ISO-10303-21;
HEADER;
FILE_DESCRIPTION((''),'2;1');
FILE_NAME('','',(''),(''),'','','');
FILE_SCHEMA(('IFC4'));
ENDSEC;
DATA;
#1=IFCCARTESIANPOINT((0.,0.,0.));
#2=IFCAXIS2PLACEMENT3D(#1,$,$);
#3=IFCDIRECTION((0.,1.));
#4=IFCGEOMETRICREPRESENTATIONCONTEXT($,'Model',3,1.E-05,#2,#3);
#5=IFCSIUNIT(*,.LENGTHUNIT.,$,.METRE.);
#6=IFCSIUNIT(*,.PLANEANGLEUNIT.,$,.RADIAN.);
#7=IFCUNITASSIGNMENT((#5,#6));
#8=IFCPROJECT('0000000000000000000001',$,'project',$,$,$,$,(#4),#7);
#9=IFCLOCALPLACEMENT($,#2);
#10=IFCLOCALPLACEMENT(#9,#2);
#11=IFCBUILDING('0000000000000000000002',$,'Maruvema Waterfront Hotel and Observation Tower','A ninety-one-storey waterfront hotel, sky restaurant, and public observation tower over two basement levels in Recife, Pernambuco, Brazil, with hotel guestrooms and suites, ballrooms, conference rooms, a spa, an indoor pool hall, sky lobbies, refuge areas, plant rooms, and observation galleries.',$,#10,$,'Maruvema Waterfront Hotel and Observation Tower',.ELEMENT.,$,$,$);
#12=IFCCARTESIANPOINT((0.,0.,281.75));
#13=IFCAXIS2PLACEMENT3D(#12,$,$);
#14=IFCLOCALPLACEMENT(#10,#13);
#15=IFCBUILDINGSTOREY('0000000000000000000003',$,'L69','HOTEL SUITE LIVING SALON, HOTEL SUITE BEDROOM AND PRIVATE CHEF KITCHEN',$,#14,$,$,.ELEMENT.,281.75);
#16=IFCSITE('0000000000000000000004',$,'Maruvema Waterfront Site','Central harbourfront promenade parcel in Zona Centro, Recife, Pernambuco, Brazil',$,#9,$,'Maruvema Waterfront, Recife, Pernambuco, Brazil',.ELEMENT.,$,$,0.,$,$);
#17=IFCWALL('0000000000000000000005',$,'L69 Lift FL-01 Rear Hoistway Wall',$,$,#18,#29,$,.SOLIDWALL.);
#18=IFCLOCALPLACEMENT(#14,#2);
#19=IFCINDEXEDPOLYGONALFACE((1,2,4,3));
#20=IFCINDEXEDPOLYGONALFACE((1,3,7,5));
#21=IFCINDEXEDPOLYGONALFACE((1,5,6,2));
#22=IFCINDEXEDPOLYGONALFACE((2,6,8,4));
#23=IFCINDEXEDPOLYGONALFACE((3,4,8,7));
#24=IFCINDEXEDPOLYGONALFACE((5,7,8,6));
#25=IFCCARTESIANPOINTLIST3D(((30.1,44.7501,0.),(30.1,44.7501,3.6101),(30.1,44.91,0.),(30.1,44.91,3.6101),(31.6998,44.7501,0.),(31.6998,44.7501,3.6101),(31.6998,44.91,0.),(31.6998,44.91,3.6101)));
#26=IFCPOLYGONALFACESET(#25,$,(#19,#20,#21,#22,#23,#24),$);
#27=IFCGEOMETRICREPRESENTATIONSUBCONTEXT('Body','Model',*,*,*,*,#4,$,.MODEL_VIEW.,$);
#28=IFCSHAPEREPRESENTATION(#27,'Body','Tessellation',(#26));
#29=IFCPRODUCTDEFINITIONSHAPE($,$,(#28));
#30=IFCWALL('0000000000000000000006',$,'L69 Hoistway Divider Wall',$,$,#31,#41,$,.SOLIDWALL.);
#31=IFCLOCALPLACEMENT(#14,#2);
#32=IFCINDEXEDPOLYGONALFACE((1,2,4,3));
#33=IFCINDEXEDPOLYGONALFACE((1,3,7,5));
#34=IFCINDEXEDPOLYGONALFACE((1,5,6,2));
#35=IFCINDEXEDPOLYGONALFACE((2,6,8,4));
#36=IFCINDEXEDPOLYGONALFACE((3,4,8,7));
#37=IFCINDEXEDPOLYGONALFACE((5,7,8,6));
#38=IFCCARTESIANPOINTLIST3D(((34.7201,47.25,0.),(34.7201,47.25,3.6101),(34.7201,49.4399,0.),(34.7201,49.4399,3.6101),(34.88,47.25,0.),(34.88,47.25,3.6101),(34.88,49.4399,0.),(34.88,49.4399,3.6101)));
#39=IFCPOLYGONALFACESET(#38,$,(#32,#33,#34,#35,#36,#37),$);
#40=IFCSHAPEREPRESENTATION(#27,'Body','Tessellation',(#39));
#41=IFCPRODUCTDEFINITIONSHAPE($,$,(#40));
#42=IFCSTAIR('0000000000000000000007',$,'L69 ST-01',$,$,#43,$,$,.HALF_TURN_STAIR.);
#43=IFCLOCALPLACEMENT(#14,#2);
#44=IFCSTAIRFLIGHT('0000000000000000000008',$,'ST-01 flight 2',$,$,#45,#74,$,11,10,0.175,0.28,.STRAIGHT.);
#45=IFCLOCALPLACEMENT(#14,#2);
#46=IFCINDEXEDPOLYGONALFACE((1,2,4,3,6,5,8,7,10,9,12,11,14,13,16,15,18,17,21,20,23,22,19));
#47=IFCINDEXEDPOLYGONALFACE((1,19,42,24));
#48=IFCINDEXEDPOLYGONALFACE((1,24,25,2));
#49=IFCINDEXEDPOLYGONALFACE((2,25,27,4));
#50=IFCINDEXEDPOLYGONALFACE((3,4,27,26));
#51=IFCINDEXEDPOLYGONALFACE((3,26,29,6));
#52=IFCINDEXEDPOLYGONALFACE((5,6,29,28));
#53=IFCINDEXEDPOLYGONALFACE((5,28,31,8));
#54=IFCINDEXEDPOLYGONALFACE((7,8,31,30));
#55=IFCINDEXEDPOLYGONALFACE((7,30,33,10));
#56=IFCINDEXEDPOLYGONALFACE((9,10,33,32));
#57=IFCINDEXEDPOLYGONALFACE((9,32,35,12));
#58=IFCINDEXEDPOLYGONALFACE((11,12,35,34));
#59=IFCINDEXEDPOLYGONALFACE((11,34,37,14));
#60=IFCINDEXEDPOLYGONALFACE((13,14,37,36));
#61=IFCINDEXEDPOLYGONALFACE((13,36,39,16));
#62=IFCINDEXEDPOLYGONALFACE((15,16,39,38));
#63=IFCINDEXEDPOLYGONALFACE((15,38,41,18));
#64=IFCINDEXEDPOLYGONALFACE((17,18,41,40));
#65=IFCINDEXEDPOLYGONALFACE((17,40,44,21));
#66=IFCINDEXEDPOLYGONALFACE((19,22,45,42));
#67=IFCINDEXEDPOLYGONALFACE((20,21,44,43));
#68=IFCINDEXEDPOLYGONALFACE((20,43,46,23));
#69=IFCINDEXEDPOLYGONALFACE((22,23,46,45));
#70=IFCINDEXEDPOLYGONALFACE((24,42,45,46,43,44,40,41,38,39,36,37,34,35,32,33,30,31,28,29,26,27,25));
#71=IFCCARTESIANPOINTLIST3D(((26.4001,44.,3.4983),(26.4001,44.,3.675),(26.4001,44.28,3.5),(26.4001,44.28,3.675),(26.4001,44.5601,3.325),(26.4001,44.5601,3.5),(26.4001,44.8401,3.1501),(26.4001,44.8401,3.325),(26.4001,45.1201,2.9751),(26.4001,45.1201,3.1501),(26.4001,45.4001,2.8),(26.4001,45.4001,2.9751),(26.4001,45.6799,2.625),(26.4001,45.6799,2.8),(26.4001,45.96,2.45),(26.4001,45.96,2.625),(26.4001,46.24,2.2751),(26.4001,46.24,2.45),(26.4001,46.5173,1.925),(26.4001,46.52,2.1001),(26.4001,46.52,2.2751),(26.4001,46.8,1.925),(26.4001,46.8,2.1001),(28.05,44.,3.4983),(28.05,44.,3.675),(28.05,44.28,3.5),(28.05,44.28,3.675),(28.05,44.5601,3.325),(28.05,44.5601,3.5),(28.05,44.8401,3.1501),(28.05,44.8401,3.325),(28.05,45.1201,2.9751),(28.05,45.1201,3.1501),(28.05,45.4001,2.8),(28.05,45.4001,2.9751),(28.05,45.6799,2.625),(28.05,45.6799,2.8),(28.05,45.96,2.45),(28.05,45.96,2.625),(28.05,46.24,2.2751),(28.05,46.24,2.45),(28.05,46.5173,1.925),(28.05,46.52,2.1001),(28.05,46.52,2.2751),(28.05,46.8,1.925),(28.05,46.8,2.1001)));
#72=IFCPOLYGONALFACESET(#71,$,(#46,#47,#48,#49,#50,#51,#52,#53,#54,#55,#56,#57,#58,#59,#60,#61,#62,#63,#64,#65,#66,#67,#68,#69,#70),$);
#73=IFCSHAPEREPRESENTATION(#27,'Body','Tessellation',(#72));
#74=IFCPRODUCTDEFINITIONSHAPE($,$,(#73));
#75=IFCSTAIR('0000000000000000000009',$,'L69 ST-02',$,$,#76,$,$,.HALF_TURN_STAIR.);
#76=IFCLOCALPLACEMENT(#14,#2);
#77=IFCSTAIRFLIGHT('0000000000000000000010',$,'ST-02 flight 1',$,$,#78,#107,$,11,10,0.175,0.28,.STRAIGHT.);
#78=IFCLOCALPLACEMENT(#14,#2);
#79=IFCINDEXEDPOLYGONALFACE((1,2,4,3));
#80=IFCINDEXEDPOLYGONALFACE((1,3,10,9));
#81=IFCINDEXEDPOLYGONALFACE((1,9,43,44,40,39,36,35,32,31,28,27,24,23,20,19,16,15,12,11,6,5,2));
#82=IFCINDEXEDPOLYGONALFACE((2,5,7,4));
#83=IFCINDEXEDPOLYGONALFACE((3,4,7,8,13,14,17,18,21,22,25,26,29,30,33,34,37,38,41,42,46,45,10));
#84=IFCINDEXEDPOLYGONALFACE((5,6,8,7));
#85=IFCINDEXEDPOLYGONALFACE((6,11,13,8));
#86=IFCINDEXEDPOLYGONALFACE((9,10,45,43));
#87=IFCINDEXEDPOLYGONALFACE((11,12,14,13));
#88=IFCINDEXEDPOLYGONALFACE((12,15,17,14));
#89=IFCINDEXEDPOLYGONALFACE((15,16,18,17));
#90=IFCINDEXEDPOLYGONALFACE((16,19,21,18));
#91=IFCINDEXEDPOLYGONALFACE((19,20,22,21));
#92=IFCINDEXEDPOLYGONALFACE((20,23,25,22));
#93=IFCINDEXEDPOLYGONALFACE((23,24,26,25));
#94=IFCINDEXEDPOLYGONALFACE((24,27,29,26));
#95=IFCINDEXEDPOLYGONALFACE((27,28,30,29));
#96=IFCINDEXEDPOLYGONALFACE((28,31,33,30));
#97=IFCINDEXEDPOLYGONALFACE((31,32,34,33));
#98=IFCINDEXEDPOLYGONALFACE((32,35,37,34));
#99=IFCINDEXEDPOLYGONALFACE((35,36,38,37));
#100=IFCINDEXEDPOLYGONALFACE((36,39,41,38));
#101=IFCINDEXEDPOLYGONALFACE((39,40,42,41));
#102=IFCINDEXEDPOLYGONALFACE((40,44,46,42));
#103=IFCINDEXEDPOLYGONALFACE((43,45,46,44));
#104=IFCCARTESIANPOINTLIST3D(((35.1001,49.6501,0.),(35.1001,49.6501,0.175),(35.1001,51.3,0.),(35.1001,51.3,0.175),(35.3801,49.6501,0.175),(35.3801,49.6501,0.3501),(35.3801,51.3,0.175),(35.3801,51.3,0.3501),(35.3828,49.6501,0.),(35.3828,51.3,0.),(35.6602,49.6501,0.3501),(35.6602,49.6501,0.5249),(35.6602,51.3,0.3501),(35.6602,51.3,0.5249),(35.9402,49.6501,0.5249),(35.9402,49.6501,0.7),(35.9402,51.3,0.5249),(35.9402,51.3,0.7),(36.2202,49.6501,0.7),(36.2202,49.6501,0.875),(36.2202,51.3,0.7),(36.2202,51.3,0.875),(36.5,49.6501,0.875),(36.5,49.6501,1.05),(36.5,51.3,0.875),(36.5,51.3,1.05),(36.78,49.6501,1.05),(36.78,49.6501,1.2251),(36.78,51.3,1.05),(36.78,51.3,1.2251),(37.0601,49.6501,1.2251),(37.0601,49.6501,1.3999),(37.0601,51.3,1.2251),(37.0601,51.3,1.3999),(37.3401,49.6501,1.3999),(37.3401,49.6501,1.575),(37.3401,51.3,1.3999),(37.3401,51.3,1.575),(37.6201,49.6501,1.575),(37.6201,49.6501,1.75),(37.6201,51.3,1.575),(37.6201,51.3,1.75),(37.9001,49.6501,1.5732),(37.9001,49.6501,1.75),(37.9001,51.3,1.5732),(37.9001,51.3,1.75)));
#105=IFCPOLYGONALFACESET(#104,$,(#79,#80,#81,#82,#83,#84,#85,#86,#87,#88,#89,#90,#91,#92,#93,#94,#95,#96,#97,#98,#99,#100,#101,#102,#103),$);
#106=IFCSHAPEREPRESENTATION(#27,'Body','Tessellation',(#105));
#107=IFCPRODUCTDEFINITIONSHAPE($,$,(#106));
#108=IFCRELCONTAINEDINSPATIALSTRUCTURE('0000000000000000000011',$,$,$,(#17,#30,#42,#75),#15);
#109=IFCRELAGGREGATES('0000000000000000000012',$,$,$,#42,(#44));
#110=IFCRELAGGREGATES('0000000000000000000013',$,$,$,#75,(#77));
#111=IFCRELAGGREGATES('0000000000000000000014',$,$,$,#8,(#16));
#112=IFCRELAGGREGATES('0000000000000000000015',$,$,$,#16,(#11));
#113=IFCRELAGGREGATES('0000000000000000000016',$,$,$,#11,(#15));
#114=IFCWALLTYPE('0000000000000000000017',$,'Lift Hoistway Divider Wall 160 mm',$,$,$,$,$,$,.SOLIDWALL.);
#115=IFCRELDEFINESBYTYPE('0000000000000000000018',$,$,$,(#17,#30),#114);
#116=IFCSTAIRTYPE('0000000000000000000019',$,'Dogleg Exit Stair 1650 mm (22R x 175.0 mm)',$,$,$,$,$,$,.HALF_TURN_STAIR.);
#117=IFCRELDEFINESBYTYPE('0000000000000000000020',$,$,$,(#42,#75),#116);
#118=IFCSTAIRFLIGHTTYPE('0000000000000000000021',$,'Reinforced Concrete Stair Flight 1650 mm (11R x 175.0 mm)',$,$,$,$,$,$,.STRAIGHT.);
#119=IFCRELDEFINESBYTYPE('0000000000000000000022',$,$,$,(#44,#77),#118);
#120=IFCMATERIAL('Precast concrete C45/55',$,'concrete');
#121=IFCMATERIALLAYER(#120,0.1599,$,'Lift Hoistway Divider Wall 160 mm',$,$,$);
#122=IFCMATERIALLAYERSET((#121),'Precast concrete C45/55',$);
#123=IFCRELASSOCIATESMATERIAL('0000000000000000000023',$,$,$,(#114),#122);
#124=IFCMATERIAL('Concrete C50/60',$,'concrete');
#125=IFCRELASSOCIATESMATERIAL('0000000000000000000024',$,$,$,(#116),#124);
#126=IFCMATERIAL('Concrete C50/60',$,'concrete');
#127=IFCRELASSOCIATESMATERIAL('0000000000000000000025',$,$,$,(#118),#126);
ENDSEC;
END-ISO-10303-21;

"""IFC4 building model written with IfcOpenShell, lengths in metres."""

from ifc_helpers import new_model, si_unit, direction, frame, frame_2d, origin, place, context, subcontext, project, spatial, polyline, rectangle, outline, extrude, material, layer, layer_set, type_object, element, aggregate, save


model = new_model("IFC4")

# Units and contexts
model_context = context("Model", 3, precision=1e-05, world=origin(), true_north=direction((0.0, 1.0)))
body_context = subcontext(model_context, "Body", "Model", "MODEL_VIEW")
ifc_project = project(units=[si_unit("LENGTHUNIT", "METRE"), si_unit("PLANEANGLEUNIT", "RADIAN")], contexts=[model_context])

# Site, building, storey
site_placement = place(None, origin())
site = spatial("IfcSite", under=ifc_project, at=site_placement, Name="Maruvema Waterfront Site", Description="Central harbourfront promenade parcel in Zona Centro, Recife, Pernambuco, Brazil", LongName="Maruvema Waterfront, Recife, Pernambuco, Brazil", CompositionType="ELEMENT", RefElevation=0.0)
building_placement = place(site_placement, origin())
building = spatial("IfcBuilding", under=site, at=building_placement, Name="Maruvema Waterfront Hotel and Observation Tower", Description="A ninety-one-storey waterfront hotel, sky restaurant, and public observation tower over two basement levels in Recife, Pernambuco, Brazil, with hotel guestrooms and suites, ballrooms, conference rooms, a spa, an indoor pool hall, sky lobbies, refuge areas, plant rooms, and observation galleries.", LongName="Maruvema Waterfront Hotel and Observation Tower", CompositionType="ELEMENT")
storey_placement = place(building_placement, frame((0.0, 0.0, 281.75)))
storey = spatial("IfcBuildingStorey", under=building, at=storey_placement, Name="L69", Description="HOTEL SUITE LIVING SALON, HOTEL SUITE BEDROOM AND PRIVATE CHEF KITCHEN", CompositionType="ELEMENT", Elevation=281.75)

# Walls
ifc_material_1 = material(Name="Precast concrete C45/55", Category="concrete")
ifc_layer_1 = layer(ifc_material_1, 0.1599, Name="Lift Hoistway Divider Wall 160 mm")
ifc_layer_set_1 = layer_set([ifc_layer_1], Name="Precast concrete C45/55")
wall_type_1 = type_object("IfcWallType", Name="Lift Hoistway Divider Wall 160 mm", PredefinedType="SOLIDWALL", material=ifc_layer_set_1)
wall_1_placement = place(storey_placement, frame((30.1001, 44.8301, 0.0), z_axis=(0.0, 0.0, 1.0), x_axis=(1.0, 0.0, 0.0)))
element("IfcWall", 1, at=wall_1_placement, inside=storey, type_object=wall_type_1, Name="L69 Lift FL-01 Rear Hoistway Wall", PredefinedType="SOLIDWALL", context=body_context, shape_type="SweptSolid", body=[
    extrude(rectangle(XDim=1.5999, YDim=0.1599, at=frame_2d((0.7998, 0.0))), origin(), (0.0, 0.0, 1.0), 3.6101),
])
wall_2_placement = place(storey_placement, frame((34.8, 47.25, 0.0), z_axis=(0.0, 0.0, 1.0), x_axis=(0.0, 1.0, 0.0)))
element("IfcWall", 2, at=wall_2_placement, inside=storey, type_object=wall_type_1, Name="L69 Hoistway Divider Wall", PredefinedType="SOLIDWALL", context=body_context, shape_type="SweptSolid", body=[
    extrude(rectangle(XDim=2.1899, YDim=0.1599, at=frame_2d((1.095, 0.0))), origin(), (0.0, 0.0, 1.0), 3.6101),
])

# Stairs, stair flights
ifc_material_2 = material(Name="Concrete C50/60", Category="concrete")
stair_type = type_object("IfcStairType", Name="Dogleg Exit Stair 1650 mm (22R x 175.0 mm)", PredefinedType="HALF_TURN_STAIR", material=ifc_material_2)
stair_1_placement = place(storey_placement, origin())
stair_1 = element("IfcStair", 3, at=stair_1_placement, inside=storey, type_object=stair_type, Name="L69 ST-01", PredefinedType="HALF_TURN_STAIR")
ifc_material_3 = material(Name="Concrete C50/60", Category="concrete")
stair_flight_type = type_object("IfcStairFlightType", Name="Reinforced Concrete Stair Flight 1650 mm (11R x 175.0 mm)", PredefinedType="STRAIGHT", material=ifc_material_3)
stair_flight_1_placement = place(storey_placement, frame((27.2251, 46.8, 1.925), z_axis=(0.0, 0.0, 1.0), x_axis=(0.0, -1.0, 0.0)))
stair_flight_1 = element("IfcStairFlight", 4, at=stair_flight_1_placement, type_object=stair_flight_type, Name="ST-01 flight 2", NumberOfRisers=11, NumberOfTreads=10, PredefinedType="STRAIGHT", RiserHeight=0.175, TreadLength=0.28, context=body_context, shape_type="SweptSolid", body=[
    extrude(outline(polyline([(0.0, 0.0), (0.0, 0.175), (0.28, 0.175), (0.28, 0.3501), (0.5601, 0.3501), (0.5601, 0.5249), (0.8401, 0.5249), (0.8401, 0.7), (1.1201, 0.7), (1.1201, 0.875), (1.3999, 0.875), (1.3999, 1.05), (1.6799, 1.05), (1.6799, 1.2251), (1.96, 1.2251), (1.96, 1.3999), (2.24, 1.3999), (2.24, 1.575), (2.52, 1.575), (2.52, 1.75), (2.8, 1.75), (2.8, 1.925), (2.8, 1.5732), (0.2827, 0.0), (0.0, 0.0)])), frame((0.0, 0.825, 0.0), z_axis=(0.0, -1.0, 0.0), x_axis=(1.0, 0.0, 0.0)), (0.0, 0.0, 1.0), 1.6499),
])
aggregate(stair_1, [stair_flight_1])
stair_2_placement = place(storey_placement, origin())
stair_2 = element("IfcStair", 5, at=stair_2_placement, inside=storey, type_object=stair_type, Name="L69 ST-02", PredefinedType="HALF_TURN_STAIR")
stair_flight_2_placement = place(storey_placement, frame((35.1001, 50.4751, 0.0), z_axis=(0.0, 0.0, 1.0), x_axis=(1.0, 0.0, 0.0)))
stair_flight_2 = element("IfcStairFlight", 6, at=stair_flight_2_placement, type_object=stair_flight_type, Name="ST-02 flight 1", NumberOfRisers=11, NumberOfTreads=10, PredefinedType="STRAIGHT", RiserHeight=0.175, TreadLength=0.28, context=body_context, shape_type="SweptSolid", body=[
    extrude(outline(polyline([(0.0, 0.0), (0.0, 0.175), (0.28, 0.175), (0.28, 0.3501), (0.5601, 0.3501), (0.5601, 0.5249), (0.8401, 0.5249), (0.8401, 0.7), (1.1201, 0.7), (1.1201, 0.875), (1.3999, 0.875), (1.3999, 1.05), (1.6799, 1.05), (1.6799, 1.2251), (1.96, 1.2251), (1.96, 1.3999), (2.24, 1.3999), (2.24, 1.575), (2.52, 1.575), (2.52, 1.75), (2.8, 1.75), (2.8, 1.925), (2.8, 1.5732), (0.2827, 0.0), (0.0, 0.0)])), frame((0.0, 0.825, 0.0), z_axis=(0.0, -1.0, 0.0), x_axis=(1.0, 0.0, 0.0)), (0.0, 0.0, 1.0), 1.6499),
])
aggregate(stair_2, [stair_flight_2])

save(model, "model.ifc")
